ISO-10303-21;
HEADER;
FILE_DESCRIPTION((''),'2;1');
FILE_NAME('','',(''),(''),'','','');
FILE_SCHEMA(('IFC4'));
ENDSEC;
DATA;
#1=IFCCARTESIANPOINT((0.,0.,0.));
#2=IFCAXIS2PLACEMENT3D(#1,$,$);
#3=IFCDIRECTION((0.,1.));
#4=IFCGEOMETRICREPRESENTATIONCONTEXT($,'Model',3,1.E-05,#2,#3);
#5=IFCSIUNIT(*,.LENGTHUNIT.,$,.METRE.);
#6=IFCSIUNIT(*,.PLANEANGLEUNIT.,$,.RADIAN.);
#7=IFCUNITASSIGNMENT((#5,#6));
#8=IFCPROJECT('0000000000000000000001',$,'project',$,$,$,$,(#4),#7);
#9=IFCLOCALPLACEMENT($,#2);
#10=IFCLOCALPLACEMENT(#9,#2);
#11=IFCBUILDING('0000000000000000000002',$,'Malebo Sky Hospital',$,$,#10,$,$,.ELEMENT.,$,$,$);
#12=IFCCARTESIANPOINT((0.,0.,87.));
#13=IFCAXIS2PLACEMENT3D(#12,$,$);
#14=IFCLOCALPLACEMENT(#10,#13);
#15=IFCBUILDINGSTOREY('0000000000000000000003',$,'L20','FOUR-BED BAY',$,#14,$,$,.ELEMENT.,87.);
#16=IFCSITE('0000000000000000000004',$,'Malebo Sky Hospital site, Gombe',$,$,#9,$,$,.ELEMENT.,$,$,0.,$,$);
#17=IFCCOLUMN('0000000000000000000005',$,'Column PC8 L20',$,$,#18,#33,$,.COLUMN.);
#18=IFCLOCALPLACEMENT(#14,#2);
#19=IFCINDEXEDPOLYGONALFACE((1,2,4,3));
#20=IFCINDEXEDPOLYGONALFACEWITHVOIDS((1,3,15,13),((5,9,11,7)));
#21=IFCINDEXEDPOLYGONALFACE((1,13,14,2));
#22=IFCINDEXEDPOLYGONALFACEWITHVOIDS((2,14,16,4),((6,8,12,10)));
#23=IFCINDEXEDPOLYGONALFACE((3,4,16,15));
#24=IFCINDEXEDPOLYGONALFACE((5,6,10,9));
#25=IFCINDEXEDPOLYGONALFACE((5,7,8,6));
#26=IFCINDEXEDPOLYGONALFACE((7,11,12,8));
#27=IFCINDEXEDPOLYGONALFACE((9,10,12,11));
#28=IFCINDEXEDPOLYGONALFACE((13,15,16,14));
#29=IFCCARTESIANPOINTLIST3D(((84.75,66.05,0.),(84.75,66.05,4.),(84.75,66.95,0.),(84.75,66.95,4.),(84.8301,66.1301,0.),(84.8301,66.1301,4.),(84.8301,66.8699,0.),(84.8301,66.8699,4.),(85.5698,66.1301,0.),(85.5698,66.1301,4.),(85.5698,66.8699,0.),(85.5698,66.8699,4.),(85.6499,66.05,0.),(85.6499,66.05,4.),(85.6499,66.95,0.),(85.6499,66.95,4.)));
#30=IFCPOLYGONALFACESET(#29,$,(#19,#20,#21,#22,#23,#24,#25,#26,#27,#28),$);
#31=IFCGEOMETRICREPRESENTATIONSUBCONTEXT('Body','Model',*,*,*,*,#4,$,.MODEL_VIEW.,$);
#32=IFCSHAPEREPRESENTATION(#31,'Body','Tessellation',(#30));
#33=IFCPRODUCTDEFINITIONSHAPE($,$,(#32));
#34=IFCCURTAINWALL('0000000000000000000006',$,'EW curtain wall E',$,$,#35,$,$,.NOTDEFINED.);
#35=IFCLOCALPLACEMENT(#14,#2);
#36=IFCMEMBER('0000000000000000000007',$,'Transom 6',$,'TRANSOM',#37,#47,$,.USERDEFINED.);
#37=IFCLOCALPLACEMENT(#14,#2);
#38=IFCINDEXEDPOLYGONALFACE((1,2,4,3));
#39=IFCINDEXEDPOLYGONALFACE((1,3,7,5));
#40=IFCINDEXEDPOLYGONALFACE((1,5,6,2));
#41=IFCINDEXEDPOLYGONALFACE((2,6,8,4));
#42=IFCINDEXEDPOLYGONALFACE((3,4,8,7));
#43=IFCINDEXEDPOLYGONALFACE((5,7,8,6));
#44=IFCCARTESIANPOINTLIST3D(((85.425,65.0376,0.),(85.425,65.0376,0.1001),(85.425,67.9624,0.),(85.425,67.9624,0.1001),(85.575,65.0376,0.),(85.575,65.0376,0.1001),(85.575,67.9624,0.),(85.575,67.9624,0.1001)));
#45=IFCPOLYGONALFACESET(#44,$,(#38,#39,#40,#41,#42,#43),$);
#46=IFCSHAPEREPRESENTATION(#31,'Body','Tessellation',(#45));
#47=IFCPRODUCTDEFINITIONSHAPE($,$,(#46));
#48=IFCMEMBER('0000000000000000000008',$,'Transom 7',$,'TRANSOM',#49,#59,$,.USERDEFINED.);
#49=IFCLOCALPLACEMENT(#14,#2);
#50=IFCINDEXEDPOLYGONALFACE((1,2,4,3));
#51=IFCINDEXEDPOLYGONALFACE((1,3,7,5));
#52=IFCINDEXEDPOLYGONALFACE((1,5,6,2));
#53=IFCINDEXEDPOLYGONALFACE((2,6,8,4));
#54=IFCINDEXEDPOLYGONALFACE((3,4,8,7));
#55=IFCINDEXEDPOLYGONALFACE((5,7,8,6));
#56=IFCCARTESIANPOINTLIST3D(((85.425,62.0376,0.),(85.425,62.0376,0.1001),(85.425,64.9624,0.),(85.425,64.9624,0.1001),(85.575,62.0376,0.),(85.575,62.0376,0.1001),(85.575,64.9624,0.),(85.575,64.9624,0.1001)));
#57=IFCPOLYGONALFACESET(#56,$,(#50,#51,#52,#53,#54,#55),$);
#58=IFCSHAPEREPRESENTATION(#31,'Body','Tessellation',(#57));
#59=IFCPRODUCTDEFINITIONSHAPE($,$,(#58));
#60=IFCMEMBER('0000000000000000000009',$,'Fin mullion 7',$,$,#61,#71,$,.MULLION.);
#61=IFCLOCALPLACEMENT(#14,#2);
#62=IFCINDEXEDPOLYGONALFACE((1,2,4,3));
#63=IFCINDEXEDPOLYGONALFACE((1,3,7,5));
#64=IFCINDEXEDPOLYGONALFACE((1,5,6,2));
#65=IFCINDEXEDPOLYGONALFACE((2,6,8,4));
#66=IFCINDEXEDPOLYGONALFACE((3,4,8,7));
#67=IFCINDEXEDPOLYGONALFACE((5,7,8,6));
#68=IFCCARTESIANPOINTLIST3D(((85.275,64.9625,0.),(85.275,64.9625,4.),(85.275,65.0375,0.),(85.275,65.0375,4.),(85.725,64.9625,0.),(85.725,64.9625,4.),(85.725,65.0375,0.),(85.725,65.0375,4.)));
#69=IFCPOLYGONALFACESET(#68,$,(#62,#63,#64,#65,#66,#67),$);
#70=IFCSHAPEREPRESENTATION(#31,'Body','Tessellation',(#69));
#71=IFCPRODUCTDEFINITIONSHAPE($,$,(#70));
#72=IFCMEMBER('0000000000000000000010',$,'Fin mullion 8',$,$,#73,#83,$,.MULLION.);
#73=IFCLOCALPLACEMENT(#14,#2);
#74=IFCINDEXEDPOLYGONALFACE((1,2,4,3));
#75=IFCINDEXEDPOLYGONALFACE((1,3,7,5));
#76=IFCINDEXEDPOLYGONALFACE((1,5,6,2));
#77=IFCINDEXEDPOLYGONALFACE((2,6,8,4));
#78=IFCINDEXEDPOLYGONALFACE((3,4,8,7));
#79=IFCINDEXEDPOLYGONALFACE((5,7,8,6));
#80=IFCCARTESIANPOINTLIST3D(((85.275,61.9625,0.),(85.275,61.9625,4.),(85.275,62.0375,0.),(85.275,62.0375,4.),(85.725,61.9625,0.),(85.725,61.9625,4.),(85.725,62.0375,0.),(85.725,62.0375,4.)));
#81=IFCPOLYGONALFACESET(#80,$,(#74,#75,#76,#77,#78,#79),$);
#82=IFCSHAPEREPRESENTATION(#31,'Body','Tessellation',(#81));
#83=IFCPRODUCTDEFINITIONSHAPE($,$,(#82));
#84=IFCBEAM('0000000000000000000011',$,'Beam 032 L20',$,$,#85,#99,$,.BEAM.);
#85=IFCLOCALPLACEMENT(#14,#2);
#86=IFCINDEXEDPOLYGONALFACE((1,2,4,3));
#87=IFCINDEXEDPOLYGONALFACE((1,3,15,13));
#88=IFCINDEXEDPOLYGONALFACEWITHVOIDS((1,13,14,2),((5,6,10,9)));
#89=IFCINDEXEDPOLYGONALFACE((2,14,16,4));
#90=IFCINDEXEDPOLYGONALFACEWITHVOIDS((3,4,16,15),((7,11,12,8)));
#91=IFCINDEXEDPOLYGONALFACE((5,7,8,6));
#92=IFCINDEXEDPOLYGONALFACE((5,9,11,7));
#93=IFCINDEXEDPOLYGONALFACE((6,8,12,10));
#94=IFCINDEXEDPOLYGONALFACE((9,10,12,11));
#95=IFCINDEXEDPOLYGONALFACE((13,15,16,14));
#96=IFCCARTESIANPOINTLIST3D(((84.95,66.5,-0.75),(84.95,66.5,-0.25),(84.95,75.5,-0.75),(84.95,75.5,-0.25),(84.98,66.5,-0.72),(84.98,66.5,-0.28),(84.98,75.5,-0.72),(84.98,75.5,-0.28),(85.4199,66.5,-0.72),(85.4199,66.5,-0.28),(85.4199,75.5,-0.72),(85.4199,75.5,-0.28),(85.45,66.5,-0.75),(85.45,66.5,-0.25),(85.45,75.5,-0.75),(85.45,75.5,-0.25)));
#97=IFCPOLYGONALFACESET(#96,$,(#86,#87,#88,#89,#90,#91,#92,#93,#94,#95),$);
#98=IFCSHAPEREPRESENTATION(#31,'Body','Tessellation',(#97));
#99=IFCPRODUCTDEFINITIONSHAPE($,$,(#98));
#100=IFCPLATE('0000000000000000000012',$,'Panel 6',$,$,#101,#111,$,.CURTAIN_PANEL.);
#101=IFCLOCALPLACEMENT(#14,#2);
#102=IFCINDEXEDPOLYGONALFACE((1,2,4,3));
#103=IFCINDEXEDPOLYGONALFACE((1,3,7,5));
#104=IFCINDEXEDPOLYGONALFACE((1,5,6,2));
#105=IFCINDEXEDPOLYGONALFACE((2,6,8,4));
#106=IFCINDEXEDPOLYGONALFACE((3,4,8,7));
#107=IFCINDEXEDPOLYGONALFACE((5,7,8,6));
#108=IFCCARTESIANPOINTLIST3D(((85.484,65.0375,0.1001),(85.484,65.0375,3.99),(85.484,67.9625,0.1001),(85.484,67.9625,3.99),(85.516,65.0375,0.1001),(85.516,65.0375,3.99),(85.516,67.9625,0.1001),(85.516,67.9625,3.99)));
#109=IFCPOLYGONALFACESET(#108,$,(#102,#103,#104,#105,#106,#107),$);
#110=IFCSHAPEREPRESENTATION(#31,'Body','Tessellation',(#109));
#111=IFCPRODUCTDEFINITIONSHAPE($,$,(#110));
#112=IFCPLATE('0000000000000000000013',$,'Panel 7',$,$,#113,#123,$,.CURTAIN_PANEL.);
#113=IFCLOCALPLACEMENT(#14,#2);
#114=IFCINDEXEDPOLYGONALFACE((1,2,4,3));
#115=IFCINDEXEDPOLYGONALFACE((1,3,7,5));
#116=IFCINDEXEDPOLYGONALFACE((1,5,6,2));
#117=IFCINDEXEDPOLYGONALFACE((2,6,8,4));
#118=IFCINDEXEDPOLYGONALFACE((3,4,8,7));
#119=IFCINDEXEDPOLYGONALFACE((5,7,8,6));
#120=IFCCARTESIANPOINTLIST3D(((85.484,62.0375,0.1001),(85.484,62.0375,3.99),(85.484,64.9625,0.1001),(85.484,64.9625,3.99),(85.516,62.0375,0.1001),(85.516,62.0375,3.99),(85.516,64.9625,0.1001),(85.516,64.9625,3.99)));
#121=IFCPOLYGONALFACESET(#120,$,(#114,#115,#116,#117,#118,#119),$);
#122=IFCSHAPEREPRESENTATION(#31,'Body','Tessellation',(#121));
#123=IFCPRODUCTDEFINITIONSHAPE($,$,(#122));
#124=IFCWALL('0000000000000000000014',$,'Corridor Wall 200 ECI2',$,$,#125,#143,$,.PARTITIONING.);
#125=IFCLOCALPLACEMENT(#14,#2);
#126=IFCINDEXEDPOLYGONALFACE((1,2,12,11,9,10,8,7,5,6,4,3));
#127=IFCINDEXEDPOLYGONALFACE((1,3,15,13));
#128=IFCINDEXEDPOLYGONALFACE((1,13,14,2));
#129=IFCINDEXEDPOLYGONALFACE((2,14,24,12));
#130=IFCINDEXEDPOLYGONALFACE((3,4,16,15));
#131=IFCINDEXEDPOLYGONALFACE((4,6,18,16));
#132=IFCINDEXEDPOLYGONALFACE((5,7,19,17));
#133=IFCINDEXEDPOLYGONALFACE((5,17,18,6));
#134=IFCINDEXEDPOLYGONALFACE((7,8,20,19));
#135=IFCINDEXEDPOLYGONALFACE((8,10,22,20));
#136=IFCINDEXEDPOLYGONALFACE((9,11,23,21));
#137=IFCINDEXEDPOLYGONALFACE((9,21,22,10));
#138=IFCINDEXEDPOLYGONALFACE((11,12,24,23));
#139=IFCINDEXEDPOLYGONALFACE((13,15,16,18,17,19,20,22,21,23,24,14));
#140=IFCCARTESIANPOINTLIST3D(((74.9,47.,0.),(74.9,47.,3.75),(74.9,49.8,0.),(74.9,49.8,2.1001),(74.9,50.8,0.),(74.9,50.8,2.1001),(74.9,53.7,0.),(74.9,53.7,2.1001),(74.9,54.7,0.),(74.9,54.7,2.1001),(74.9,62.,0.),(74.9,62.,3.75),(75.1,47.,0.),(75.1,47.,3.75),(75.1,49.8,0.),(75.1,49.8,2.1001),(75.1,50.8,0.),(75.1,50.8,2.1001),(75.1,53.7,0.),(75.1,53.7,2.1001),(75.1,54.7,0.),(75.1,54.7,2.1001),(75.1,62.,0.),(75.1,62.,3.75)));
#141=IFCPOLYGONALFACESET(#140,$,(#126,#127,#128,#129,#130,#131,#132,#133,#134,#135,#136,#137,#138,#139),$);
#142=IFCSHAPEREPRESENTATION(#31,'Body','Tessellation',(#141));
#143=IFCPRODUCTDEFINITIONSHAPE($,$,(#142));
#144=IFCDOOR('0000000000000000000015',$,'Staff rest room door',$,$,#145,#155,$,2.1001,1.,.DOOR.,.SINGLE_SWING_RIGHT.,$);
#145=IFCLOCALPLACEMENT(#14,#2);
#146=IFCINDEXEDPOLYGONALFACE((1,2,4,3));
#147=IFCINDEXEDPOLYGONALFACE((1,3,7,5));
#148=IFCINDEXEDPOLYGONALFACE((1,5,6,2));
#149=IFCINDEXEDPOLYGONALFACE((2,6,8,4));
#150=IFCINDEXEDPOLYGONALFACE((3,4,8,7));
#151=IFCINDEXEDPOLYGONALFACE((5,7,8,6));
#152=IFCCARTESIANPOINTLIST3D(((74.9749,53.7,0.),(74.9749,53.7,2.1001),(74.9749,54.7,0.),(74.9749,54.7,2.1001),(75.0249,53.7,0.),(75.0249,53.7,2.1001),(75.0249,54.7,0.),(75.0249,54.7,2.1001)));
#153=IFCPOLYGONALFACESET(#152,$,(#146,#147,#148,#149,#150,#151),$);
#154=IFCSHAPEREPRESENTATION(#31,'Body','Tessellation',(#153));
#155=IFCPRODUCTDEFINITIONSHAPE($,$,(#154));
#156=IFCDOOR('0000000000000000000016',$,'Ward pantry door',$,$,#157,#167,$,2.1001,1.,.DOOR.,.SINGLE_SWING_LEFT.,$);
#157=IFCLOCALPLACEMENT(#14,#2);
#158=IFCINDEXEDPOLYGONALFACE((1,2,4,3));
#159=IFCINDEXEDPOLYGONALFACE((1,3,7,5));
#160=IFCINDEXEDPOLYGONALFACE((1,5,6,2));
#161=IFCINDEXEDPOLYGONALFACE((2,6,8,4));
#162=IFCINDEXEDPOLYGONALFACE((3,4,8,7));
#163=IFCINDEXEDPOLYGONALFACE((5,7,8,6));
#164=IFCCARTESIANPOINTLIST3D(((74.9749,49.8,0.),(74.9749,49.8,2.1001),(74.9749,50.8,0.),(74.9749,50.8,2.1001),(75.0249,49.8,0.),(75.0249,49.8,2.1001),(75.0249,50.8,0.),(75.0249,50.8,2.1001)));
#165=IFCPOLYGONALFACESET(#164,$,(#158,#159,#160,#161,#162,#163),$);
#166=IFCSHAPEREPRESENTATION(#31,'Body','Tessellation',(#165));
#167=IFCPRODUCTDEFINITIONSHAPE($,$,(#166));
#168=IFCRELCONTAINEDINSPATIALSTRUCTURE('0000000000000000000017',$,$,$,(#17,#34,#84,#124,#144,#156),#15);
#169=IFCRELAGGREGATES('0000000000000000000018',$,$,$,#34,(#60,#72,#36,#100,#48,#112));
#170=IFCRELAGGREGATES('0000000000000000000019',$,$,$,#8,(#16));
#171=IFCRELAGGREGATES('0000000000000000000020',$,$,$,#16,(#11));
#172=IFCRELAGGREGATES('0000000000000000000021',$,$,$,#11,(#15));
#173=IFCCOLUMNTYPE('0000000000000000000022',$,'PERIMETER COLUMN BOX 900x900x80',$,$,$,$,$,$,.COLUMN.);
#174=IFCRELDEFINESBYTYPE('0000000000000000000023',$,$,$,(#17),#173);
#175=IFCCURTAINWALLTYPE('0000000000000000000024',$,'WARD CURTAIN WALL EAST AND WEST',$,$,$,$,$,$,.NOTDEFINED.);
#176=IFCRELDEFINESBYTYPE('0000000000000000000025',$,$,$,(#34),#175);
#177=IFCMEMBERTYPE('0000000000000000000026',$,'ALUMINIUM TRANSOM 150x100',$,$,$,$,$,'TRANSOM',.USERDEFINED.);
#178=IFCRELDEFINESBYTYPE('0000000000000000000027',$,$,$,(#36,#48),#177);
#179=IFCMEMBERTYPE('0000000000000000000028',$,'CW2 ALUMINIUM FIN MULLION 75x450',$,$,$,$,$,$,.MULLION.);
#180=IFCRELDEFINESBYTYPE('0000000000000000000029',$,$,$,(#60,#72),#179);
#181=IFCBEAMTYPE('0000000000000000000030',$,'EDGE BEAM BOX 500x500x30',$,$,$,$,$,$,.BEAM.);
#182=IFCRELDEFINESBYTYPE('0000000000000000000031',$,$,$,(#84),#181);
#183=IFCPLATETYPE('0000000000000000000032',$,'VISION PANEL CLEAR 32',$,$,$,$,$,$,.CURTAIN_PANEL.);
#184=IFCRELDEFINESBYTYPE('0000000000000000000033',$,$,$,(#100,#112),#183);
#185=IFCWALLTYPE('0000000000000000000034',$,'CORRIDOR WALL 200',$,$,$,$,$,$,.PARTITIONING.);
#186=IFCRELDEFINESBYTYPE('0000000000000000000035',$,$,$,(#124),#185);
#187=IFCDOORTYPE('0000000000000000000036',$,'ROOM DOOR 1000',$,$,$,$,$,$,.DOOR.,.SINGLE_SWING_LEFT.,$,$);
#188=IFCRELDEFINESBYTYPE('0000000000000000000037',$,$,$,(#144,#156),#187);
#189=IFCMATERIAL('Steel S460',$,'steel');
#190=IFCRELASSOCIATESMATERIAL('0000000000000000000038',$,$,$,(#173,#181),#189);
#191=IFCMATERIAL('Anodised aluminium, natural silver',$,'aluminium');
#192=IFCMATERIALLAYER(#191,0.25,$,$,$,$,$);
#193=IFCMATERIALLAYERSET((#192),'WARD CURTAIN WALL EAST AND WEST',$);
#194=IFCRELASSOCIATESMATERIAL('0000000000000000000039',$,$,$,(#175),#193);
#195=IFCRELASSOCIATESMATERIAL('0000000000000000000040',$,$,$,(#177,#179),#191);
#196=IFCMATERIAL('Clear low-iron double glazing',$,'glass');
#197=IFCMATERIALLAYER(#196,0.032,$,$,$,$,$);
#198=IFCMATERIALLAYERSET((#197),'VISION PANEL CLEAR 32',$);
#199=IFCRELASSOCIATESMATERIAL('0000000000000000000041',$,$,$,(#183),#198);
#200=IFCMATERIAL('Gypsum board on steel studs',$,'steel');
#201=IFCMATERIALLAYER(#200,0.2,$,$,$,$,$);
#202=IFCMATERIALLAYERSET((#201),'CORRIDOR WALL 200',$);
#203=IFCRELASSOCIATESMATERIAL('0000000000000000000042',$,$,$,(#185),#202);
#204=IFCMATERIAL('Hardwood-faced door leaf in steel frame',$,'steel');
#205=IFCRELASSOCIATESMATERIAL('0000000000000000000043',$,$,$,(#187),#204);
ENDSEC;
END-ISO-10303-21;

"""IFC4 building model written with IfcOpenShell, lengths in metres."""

from ifc_helpers import new_model, si_unit, direction, frame, frame_2d, origin, origin_2d, place, context, subcontext, project, spatial, rectangle, hollow_rectangle, extrude, material, layer, layer_set, material_profile, profile_set, type_object, element, fill, aggregate, save


model = new_model("IFC4")

# Units and contexts
model_context = context("Model", 3, precision=1e-05, world=origin(), true_north=direction((0.0, 1.0)))
body_context = subcontext(model_context, "Body", "Model", "MODEL_VIEW")
ifc_project = project(units=[si_unit("LENGTHUNIT", "METRE"), si_unit("PLANEANGLEUNIT", "RADIAN")], contexts=[model_context])

# Site, building, storey
site_placement = place(None, origin())
site = spatial("IfcSite", under=ifc_project, at=site_placement, Name="Malebo Sky Hospital site, Gombe", CompositionType="ELEMENT", RefElevation=0.0)
building_placement = place(site_placement, origin())
building = spatial("IfcBuilding", under=site, at=building_placement, Name="Malebo Sky Hospital", CompositionType="ELEMENT")
storey_placement = place(building_placement, frame((0.0, 0.0, 87.0)))
storey = spatial("IfcBuildingStorey", under=building, at=storey_placement, Name="L20", Description="FOUR-BED BAY", CompositionType="ELEMENT", Elevation=87.0)

# Column
ifc_material_1 = material(Name="Steel S460", Category="steel")
ifc_material_profile_1 = material_profile(ifc_material_1, hollow_rectangle(XDim=0.8999, YDim=0.8999, WallThickness=0.0801, at=origin_2d()), Name="BOX 900x900x80")
ifc_profile_set_1 = profile_set([ifc_material_profile_1], Name="Steel S460")
column_type = type_object("IfcColumnType", Name="PERIMETER COLUMN BOX 900x900x80", PredefinedType="COLUMN", material=ifc_profile_set_1)
column_placement = place(storey_placement, frame((85.2, 66.5, 0.0), z_axis=(0.0, 0.0, 1.0), x_axis=(1.0, 0.0, 0.0)))
element("IfcColumn", 1, at=column_placement, inside=storey, type_object=column_type, Name="Column PC8 L20", PredefinedType="COLUMN", context=body_context, shape_type="SweptSolid", body=[
    extrude(hollow_rectangle(XDim=0.8999, YDim=0.8999, WallThickness=0.0801, at=origin_2d()), origin(), (0.0, 0.0, 1.0), 4.0),
])

# Curtain wall, members
ifc_material_2 = material(Name="Anodised aluminium, natural silver", Category="aluminium")
ifc_layer_1 = layer(ifc_material_2, 0.25)
ifc_layer_set_1 = layer_set([ifc_layer_1], Name="WARD CURTAIN WALL EAST AND WEST")
curtain_wall_type = type_object("IfcCurtainWallType", Name="WARD CURTAIN WALL EAST AND WEST", PredefinedType="NOTDEFINED", material=ifc_layer_set_1)
curtain_wall_placement = place(storey_placement, origin())
curtain_wall = element("IfcCurtainWall", 2, at=curtain_wall_placement, inside=storey, type_object=curtain_wall_type, Name="EW curtain wall E", PredefinedType="NOTDEFINED")
ifc_material_profile_2 = material_profile(ifc_material_2, rectangle(XDim=0.1499, YDim=0.1001, at=origin_2d()), Name="ALUMINIUM TRANSOM 150x100")
ifc_profile_set_2 = profile_set([ifc_material_profile_2], Name="Anodised aluminium, natural silver")
member_type_1 = type_object("IfcMemberType", Name="ALUMINIUM TRANSOM 150x100", ElementType="TRANSOM", PredefinedType="USERDEFINED", material=ifc_profile_set_2)
member_1_placement = place(storey_placement, frame((85.5, 67.9624, 0.05), z_axis=(0.0, -1.0, 0.0), x_axis=(1.0, 0.0, 0.0)))
member_1 = element("IfcMember", 3, at=member_1_placement, type_object=member_type_1, Name="Transom 6", ObjectType="TRANSOM", PredefinedType="USERDEFINED", context=body_context, shape_type="SweptSolid", body=[
    extrude(rectangle(XDim=0.1499, YDim=0.1001, at=origin_2d()), origin(), (0.0, 0.0, 1.0), 2.9248),
])
member_2_placement = place(storey_placement, frame((85.5, 64.9624, 0.05), z_axis=(0.0, -1.0, 0.0), x_axis=(1.0, 0.0, 0.0)))
member_2 = element("IfcMember", 4, at=member_2_placement, type_object=member_type_1, Name="Transom 7", ObjectType="TRANSOM", PredefinedType="USERDEFINED", context=body_context, shape_type="SweptSolid", body=[
    extrude(rectangle(XDim=0.1499, YDim=0.1001, at=origin_2d()), origin(), (0.0, 0.0, 1.0), 2.9248),
])
ifc_material_profile_3 = material_profile(ifc_material_2, rectangle(XDim=0.075, YDim=0.45, at=origin_2d()), Name="CW2 ALUMINIUM FIN MULLION 75x450")
ifc_profile_set_3 = profile_set([ifc_material_profile_3], Name="Anodised aluminium, natural silver")
member_type_2 = type_object("IfcMemberType", Name="CW2 ALUMINIUM FIN MULLION 75x450", PredefinedType="MULLION", material=ifc_profile_set_3)
member_3_placement = place(storey_placement, frame((85.5, 65.0, 0.0), z_axis=(0.0, 0.0, 1.0), x_axis=(0.0, -1.0, 0.0)))
member_3 = element("IfcMember", 5, at=member_3_placement, type_object=member_type_2, Name="Fin mullion 7", PredefinedType="MULLION", context=body_context, shape_type="SweptSolid", body=[
    extrude(rectangle(XDim=0.075, YDim=0.45, at=origin_2d()), origin(), (0.0, 0.0, 1.0), 4.0),
])
member_4_placement = place(storey_placement, frame((85.5, 62.0, 0.0), z_axis=(0.0, 0.0, 1.0), x_axis=(0.0, -1.0, 0.0)))
member_4 = element("IfcMember", 6, at=member_4_placement, type_object=member_type_2, Name="Fin mullion 8", PredefinedType="MULLION", context=body_context, shape_type="SweptSolid", body=[
    extrude(rectangle(XDim=0.075, YDim=0.45, at=origin_2d()), origin(), (0.0, 0.0, 1.0), 4.0),
])

# Beam
ifc_material_profile_4 = material_profile(ifc_material_1, hollow_rectangle(XDim=0.5, YDim=0.5, WallThickness=0.03, at=origin_2d()), Name="BOX 500x500x30")
ifc_profile_set_4 = profile_set([ifc_material_profile_4], Name="Steel S460")
beam_type = type_object("IfcBeamType", Name="EDGE BEAM BOX 500x500x30", PredefinedType="BEAM", material=ifc_profile_set_4)
beam_placement = place(storey_placement, frame((85.2, 66.5, -0.5), z_axis=(0.0, 1.0, 0.0), x_axis=(-1.0, 0.0, 0.0)))
element("IfcBeam", 7, at=beam_placement, inside=storey, type_object=beam_type, Name="Beam 032 L20", PredefinedType="BEAM", context=body_context, shape_type="SweptSolid", body=[
    extrude(hollow_rectangle(XDim=0.5, YDim=0.5, WallThickness=0.03, at=origin_2d()), origin(), (0.0, 0.0, 1.0), 9.0),
])

# Plates
ifc_material_3 = material(Name="Clear low-iron double glazing", Category="glass")
ifc_layer_2 = layer(ifc_material_3, 0.032)
ifc_layer_set_2 = layer_set([ifc_layer_2], Name="VISION PANEL CLEAR 32")
plate_type = type_object("IfcPlateType", Name="VISION PANEL CLEAR 32", PredefinedType="CURTAIN_PANEL", material=ifc_layer_set_2)
plate_1_placement = place(storey_placement, frame((85.5, 66.5, 0.1001), z_axis=(0.0, 0.0, 1.0), x_axis=(0.0, -1.0, 0.0)))
plate_1 = element("IfcPlate", 8, at=plate_1_placement, type_object=plate_type, Name="Panel 6", PredefinedType="CURTAIN_PANEL", context=body_context, shape_type="SweptSolid", body=[
    extrude(rectangle(XDim=2.925, YDim=0.032, at=origin_2d()), origin(), (0.0, 0.0, 1.0), 3.8899),
])
plate_2_placement = place(storey_placement, frame((85.5, 63.5, 0.1001), z_axis=(0.0, 0.0, 1.0), x_axis=(0.0, -1.0, 0.0)))
plate_2 = element("IfcPlate", 9, at=plate_2_placement, type_object=plate_type, Name="Panel 7", PredefinedType="CURTAIN_PANEL", context=body_context, shape_type="SweptSolid", body=[
    extrude(rectangle(XDim=2.925, YDim=0.032, at=origin_2d()), origin(), (0.0, 0.0, 1.0), 3.8899),
])
aggregate(curtain_wall, [member_3, member_4, member_1, plate_1, member_2, plate_2])

# Wall, openings, doors
ifc_material_4 = material(Name="Gypsum board on steel studs", Category="steel")
ifc_layer_3 = layer(ifc_material_4, 0.2)
ifc_layer_set_3 = layer_set([ifc_layer_3], Name="CORRIDOR WALL 200")
wall_type_1 = type_object("IfcWallType", Name="CORRIDOR WALL 200", PredefinedType="PARTITIONING", material=ifc_layer_set_3)
wall_1_placement = place(storey_placement, frame((75.0, 62.0, 0.0), z_axis=(0.0, 0.0, 1.0), x_axis=(0.0, -1.0, 0.0)))
wall_1 = element("IfcWall", 10, at=wall_1_placement, inside=storey, type_object=wall_type_1, Name="Corridor Wall 200 ECI2", PredefinedType="PARTITIONING", context=body_context, shape_type="SweptSolid", body=[
    extrude(rectangle(XDim=15.0, YDim=0.2, at=frame_2d((7.5, 0.0))), origin(), (0.0, 0.0, 1.0), 3.75),
])
opening_1_placement = place(wall_1_placement, frame((7.3, 0.0, 0.0)))
opening_1 = element("IfcOpeningElement", 11, at=opening_1_placement, cuts=wall_1, PredefinedType="OPENING", context=body_context, shape_type="SweptSolid", body=[
    extrude(rectangle(XDim=1.0, YDim=2.1001, at=frame_2d((0.5, 1.05))), frame((0.0, 0.1099, 0.0), z_axis=(0.0, -1.0, 0.0), x_axis=(1.0, 0.0, 0.0)), (0.0, 0.0, 1.0), 0.22),
])
opening_2_placement = place(wall_1_placement, frame((11.2, 0.0, 0.0)))
opening_2 = element("IfcOpeningElement", 12, at=opening_2_placement, cuts=wall_1, PredefinedType="OPENING", context=body_context, shape_type="SweptSolid", body=[
    extrude(rectangle(XDim=1.0, YDim=2.1001, at=frame_2d((0.5, 1.05))), frame((0.0, 0.1099, 0.0), z_axis=(0.0, -1.0, 0.0), x_axis=(1.0, 0.0, 0.0)), (0.0, 0.0, 1.0), 0.22),
])
ifc_material_5 = material(Name="Hardwood-faced door leaf in steel frame", Category="steel")
door_type_1 = type_object("IfcDoorType", Name="ROOM DOOR 1000", OperationType="SINGLE_SWING_LEFT", PredefinedType="DOOR", material=ifc_material_5)
door_1_placement = place(opening_1_placement, origin())
door_1 = element("IfcDoor", 13, at=door_1_placement, inside=storey, type_object=door_type_1, Name="Staff rest room door", OperationType="SINGLE_SWING_RIGHT", OverallHeight=2.1001, OverallWidth=1.0, PredefinedType="DOOR", context=body_context, shape_type="SweptSolid", body=[
    extrude(rectangle(XDim=1.0, YDim=2.1001, at=frame_2d((0.5, 1.05))), frame((0.0, 0.0249, 0.0), z_axis=(0.0, -1.0, 0.0), x_axis=(1.0, 0.0, 0.0)), (0.0, 0.0, 1.0), 0.05),
])
fill(opening_1, door_1)
door_2_placement = place(opening_2_placement, origin())
door_2 = element("IfcDoor", 14, at=door_2_placement, inside=storey, type_object=door_type_1, Name="Ward pantry door", OperationType="SINGLE_SWING_LEFT", OverallHeight=2.1001, OverallWidth=1.0, PredefinedType="DOOR", context=body_context, shape_type="SweptSolid", body=[
    extrude(rectangle(XDim=1.0, YDim=2.1001, at=frame_2d((0.5, 1.05))), frame((0.0, 0.0249, 0.0), z_axis=(0.0, -1.0, 0.0), x_axis=(1.0, 0.0, 0.0)), (0.0, 0.0, 1.0), 0.05),
])
fill(opening_2, door_2)

save(model, "model.ifc")
